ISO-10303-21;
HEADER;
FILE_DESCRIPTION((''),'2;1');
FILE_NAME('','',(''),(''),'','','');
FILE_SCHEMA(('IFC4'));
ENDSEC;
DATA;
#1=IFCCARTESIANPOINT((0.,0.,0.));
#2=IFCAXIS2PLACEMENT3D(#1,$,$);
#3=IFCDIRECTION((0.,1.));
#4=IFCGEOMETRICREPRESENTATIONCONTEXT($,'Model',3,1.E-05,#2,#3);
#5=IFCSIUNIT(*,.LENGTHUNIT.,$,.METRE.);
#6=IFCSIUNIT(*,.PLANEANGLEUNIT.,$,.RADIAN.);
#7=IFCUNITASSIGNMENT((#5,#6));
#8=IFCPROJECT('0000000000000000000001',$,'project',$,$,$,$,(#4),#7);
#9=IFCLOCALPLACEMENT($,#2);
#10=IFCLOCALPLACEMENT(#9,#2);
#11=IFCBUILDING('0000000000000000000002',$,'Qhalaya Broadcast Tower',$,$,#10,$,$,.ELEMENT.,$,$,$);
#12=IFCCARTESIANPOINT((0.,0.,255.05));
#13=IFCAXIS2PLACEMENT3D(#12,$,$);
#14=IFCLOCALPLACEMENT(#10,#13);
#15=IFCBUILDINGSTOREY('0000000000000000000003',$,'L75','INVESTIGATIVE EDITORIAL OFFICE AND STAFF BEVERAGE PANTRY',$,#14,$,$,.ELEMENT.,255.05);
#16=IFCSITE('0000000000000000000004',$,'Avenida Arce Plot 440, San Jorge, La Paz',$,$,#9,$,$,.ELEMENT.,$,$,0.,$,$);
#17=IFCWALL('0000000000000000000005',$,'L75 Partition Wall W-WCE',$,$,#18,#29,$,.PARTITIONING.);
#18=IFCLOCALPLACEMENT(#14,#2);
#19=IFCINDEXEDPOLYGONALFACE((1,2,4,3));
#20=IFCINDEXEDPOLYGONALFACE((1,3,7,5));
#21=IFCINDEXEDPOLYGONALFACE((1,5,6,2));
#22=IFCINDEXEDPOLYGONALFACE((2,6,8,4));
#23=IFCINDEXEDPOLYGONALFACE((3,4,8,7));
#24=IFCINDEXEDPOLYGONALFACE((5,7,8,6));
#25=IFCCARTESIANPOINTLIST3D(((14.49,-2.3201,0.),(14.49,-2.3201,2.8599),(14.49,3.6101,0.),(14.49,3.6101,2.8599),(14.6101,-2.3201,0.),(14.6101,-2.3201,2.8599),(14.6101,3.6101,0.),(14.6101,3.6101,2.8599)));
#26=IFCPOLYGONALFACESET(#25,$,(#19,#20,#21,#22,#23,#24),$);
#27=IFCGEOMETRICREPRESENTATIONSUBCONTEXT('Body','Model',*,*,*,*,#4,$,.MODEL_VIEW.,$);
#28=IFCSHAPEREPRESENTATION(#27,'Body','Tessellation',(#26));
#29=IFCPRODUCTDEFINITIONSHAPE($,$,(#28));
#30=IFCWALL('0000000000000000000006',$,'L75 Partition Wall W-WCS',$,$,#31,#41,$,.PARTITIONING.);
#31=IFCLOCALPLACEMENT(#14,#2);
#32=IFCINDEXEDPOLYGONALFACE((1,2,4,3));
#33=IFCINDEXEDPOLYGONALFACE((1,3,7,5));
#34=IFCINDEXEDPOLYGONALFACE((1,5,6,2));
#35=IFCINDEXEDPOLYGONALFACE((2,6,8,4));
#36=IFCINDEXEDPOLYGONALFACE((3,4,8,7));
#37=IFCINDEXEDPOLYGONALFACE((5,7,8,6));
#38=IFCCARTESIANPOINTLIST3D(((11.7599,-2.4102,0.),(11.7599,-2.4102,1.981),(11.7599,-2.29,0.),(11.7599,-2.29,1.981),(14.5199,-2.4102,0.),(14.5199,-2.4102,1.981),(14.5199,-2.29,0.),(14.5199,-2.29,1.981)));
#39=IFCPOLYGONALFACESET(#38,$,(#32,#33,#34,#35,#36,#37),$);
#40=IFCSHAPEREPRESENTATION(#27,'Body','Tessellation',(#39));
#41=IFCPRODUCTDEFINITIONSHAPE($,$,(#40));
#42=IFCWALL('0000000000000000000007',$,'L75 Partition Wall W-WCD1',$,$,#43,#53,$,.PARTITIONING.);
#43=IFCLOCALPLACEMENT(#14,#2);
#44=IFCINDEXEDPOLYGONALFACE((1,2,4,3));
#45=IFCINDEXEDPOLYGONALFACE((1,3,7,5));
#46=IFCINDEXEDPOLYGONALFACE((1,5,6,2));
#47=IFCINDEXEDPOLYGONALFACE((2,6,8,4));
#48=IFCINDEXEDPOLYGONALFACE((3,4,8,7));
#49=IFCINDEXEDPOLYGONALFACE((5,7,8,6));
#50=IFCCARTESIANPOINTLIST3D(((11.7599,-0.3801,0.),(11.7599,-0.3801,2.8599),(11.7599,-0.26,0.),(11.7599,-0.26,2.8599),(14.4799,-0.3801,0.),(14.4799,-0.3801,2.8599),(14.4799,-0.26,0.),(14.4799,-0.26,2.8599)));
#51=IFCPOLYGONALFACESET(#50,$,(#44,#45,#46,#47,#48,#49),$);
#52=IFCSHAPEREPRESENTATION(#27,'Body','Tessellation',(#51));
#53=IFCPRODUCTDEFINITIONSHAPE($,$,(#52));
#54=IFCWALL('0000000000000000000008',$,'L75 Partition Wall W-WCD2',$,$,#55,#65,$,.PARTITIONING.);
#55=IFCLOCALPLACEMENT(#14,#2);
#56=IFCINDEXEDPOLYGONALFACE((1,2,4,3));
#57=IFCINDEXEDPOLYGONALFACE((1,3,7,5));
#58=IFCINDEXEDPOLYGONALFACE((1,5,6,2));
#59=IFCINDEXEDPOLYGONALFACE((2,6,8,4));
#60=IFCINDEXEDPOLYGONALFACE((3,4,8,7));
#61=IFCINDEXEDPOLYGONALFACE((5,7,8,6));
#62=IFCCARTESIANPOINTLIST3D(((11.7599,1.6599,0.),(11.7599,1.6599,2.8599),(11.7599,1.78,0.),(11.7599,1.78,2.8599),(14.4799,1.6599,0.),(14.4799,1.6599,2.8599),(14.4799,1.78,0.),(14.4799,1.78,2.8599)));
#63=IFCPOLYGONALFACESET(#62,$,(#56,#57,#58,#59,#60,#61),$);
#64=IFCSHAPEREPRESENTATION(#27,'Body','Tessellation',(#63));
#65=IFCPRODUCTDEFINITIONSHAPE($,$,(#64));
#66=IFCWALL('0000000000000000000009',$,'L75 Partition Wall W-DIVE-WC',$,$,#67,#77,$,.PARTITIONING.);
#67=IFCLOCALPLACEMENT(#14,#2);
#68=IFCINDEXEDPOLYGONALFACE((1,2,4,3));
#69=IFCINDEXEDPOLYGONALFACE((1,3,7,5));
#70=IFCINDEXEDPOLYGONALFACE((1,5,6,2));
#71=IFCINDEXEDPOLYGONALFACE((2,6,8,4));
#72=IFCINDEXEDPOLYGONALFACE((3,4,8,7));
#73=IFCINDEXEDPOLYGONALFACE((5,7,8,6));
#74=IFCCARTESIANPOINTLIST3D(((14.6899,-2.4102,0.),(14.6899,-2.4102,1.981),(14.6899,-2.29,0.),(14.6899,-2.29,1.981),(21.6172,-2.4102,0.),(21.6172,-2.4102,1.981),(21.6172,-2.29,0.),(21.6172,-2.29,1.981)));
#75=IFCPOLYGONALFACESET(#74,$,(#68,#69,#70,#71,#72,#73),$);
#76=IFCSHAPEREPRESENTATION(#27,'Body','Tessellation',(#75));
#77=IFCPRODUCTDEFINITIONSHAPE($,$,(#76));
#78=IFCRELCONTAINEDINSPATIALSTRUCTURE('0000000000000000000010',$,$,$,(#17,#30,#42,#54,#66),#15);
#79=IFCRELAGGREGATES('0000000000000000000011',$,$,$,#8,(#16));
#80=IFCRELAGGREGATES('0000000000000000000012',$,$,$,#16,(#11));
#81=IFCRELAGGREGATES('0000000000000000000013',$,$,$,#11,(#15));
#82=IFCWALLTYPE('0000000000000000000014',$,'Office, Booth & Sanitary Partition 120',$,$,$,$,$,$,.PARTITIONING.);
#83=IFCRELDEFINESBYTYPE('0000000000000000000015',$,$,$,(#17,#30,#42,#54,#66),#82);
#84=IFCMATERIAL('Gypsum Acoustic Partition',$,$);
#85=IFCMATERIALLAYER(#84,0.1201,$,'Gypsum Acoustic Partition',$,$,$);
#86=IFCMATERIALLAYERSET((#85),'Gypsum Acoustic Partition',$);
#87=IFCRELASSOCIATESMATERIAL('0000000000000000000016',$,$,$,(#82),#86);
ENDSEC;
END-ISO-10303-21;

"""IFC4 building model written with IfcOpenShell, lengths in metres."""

from ifc_helpers import new_model, si_unit, direction, frame, frame_2d, origin, place, context, subcontext, project, spatial, rectangle, extrude, material, layer, layer_set, type_object, element, save


model = new_model("IFC4")

# Units and contexts
model_context = context("Model", 3, precision=1e-05, world=origin(), true_north=direction((0.0, 1.0)))
body_context = subcontext(model_context, "Body", "Model", "MODEL_VIEW")
ifc_project = project(units=[si_unit("LENGTHUNIT", "METRE"), si_unit("PLANEANGLEUNIT", "RADIAN")], contexts=[model_context])

# Site, building, storey
site_placement = place(None, origin())
site = spatial("IfcSite", under=ifc_project, at=site_placement, Name="Avenida Arce Plot 440, San Jorge, La Paz", CompositionType="ELEMENT", RefElevation=0.0)
building_placement = place(site_placement, origin())
building = spatial("IfcBuilding", under=site, at=building_placement, Name="Qhalaya Broadcast Tower", CompositionType="ELEMENT")
storey_placement = place(building_placement, frame((0.0, 0.0, 255.05)))
storey = spatial("IfcBuildingStorey", under=building, at=storey_placement, Name="L75", Description="INVESTIGATIVE EDITORIAL OFFICE AND STAFF BEVERAGE PANTRY", CompositionType="ELEMENT", Elevation=255.05)

# Shared definitions
ifc_material_1 = material(Name="Gypsum Acoustic Partition")
ifc_layer_1 = layer(ifc_material_1, 0.1201, Name="Gypsum Acoustic Partition")
ifc_layer_set_1 = layer_set([ifc_layer_1], Name="Gypsum Acoustic Partition")
wall_type = type_object("IfcWallType", Name="Office, Booth & Sanitary Partition 120", PredefinedType="PARTITIONING", material=ifc_layer_set_1)

# Walls
wall_1_placement = place(storey_placement, frame((14.55, -2.3201, 0.0), z_axis=(0.0, 0.0, 1.0), x_axis=(0.0, 1.0, 0.0)))
element("IfcWall", 1, at=wall_1_placement, inside=storey, type_object=wall_type, Name="L75 Partition Wall W-WCE", PredefinedType="PARTITIONING", context=body_context, shape_type="SweptSolid", body=[
    extrude(rectangle(XDim=5.9302, YDim=0.1201, at=frame_2d((2.9651, 0.0))), origin(), (0.0, 0.0, 1.0), 2.8599),
])
wall_2_placement = place(storey_placement, frame((11.76, -2.3501, 0.0), z_axis=(0.0, 0.0, 1.0), x_axis=(1.0, 0.0, 0.0)))
element("IfcWall", 2, at=wall_2_placement, inside=storey, type_object=wall_type, Name="L75 Partition Wall W-WCS", PredefinedType="PARTITIONING", context=body_context, shape_type="SweptSolid", body=[
    extrude(rectangle(XDim=2.76, YDim=0.1201, at=frame_2d((1.3799, 0.0))), origin(), (0.0, 0.0, 1.0), 1.981),
])
for number, where, z_axis, x_axis, name in (
    (3, (11.76, -0.3201, 0.0), (0.0, 0.0, 1.0), (1.0, 0.0, 0.0), "L75 Partition Wall W-WCD1"),
    (4, (11.76, 1.72, 0.0), (0.0, 0.0, 1.0), (1.0, 0.0, 0.0), "L75 Partition Wall W-WCD2"),
):
    element("IfcWall", number, at=place(storey_placement, frame(where, z_axis=z_axis, x_axis=x_axis)), inside=storey, type_object=wall_type, Name=name, PredefinedType="PARTITIONING", context=body_context, shape_type="SweptSolid", body=[
        extrude(rectangle(XDim=2.72, YDim=0.1201, at=frame_2d((1.3599, 0.0))), origin(), (0.0, 0.0, 1.0), 2.8599),
    ])
wall_3_placement = place(storey_placement, frame((14.6899, -2.3501, 0.0), z_axis=(0.0, 0.0, 1.0), x_axis=(1.0, 0.0, 0.0)))
element("IfcWall", 5, at=wall_3_placement, inside=storey, type_object=wall_type, Name="L75 Partition Wall W-DIVE-WC", PredefinedType="PARTITIONING", context=body_context, shape_type="SweptSolid", body=[
    extrude(rectangle(XDim=6.9272, YDim=0.1201, at=frame_2d((3.4636, 0.0))), origin(), (0.0, 0.0, 1.0), 1.981),
])

save(model, "model.ifc")
